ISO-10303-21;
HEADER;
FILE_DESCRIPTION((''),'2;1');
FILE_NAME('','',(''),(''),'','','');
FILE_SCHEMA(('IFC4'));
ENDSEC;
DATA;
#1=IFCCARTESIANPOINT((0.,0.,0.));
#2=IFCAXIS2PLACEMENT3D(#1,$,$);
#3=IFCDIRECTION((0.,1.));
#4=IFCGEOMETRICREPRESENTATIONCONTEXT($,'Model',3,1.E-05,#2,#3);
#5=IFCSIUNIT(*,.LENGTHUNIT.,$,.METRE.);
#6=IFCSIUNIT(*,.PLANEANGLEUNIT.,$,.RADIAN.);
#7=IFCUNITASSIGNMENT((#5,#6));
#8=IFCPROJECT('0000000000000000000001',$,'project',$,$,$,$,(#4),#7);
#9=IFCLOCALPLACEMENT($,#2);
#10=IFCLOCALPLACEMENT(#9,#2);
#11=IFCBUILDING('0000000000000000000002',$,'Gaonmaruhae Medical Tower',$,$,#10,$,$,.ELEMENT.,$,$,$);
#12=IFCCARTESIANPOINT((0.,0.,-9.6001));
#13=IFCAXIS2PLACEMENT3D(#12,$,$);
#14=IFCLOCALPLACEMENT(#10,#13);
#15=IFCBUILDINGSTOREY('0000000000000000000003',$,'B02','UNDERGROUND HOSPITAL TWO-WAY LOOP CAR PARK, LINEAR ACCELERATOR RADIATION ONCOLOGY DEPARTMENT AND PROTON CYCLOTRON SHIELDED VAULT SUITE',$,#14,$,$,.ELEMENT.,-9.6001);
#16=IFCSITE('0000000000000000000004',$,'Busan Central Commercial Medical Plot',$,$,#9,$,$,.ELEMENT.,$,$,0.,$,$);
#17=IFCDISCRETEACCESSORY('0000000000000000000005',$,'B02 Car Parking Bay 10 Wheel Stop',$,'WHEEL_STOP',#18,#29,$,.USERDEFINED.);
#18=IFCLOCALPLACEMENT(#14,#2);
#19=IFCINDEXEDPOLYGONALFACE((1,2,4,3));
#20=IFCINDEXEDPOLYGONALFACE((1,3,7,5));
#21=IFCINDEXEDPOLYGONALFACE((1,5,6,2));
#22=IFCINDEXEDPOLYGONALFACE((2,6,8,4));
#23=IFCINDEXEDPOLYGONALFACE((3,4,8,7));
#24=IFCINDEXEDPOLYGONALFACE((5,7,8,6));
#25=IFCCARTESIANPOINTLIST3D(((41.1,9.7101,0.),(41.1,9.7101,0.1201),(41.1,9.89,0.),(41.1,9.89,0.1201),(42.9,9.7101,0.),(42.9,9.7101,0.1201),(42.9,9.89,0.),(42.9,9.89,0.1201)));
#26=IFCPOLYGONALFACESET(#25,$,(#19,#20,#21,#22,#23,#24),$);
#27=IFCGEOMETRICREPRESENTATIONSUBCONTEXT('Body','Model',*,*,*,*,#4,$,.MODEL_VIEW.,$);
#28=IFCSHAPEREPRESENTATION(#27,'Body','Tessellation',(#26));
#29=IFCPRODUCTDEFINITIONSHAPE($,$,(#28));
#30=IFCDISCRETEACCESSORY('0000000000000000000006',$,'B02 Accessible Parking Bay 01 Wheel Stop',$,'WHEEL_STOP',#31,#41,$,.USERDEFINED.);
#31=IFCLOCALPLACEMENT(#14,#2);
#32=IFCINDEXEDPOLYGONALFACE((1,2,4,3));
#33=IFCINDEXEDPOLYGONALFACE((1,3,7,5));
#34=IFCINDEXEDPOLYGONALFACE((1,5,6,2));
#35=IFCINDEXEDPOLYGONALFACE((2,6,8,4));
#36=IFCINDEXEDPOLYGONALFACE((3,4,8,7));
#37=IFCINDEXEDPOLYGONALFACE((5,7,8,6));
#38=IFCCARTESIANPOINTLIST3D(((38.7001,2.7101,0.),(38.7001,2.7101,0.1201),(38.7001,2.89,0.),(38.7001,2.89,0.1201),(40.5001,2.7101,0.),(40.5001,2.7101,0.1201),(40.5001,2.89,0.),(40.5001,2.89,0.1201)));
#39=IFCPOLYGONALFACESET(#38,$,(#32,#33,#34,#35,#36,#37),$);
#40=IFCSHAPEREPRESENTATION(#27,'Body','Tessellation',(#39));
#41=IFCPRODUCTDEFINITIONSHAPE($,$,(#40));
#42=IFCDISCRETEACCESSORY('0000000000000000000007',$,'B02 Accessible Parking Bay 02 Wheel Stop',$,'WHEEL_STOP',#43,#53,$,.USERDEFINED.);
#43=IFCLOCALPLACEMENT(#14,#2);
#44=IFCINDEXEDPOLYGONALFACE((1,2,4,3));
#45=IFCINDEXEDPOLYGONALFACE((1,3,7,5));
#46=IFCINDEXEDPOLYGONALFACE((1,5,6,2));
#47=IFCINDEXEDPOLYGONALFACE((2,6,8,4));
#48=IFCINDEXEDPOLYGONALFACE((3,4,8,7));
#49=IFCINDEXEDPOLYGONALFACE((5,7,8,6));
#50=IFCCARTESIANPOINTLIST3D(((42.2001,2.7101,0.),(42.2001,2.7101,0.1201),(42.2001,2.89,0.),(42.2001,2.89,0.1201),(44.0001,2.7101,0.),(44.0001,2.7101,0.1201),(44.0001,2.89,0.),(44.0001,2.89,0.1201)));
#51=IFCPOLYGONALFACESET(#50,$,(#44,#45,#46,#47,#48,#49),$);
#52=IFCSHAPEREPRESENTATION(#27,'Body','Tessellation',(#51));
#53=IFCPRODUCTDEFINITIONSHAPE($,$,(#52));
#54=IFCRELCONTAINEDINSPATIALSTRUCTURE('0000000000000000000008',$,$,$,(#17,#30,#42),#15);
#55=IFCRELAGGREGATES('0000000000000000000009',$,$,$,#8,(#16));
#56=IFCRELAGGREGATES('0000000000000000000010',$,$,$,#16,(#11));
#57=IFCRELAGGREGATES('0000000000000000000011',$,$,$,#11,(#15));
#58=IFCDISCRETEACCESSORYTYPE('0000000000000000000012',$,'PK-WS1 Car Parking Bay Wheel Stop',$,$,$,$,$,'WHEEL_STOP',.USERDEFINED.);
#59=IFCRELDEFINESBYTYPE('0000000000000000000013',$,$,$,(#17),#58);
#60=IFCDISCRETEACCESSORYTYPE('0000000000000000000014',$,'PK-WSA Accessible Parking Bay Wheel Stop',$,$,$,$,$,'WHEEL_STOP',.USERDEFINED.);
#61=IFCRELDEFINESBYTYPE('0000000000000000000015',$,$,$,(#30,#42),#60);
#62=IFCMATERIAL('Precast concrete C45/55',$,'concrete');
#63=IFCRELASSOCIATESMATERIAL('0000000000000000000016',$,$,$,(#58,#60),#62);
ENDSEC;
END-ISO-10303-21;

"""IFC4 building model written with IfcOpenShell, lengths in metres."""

from ifc_helpers import new_model, si_unit, direction, frame, origin, origin_2d, place, context, subcontext, project, spatial, rectangle, extrude, material, type_object, element, save


model = new_model("IFC4")

# Units and contexts
model_context = context("Model", 3, precision=1e-05, world=origin(), true_north=direction((0.0, 1.0)))
body_context = subcontext(model_context, "Body", "Model", "MODEL_VIEW")
ifc_project = project(units=[si_unit("LENGTHUNIT", "METRE"), si_unit("PLANEANGLEUNIT", "RADIAN")], contexts=[model_context])

# Site, building, storey
site_placement = place(None, origin())
site = spatial("IfcSite", under=ifc_project, at=site_placement, Name="Busan Central Commercial Medical Plot", CompositionType="ELEMENT", RefElevation=0.0)
building_placement = place(site_placement, origin())
building = spatial("IfcBuilding", under=site, at=building_placement, Name="Gaonmaruhae Medical Tower", CompositionType="ELEMENT")
storey_placement = place(building_placement, frame((0.0, 0.0, -9.6001)))
storey = spatial("IfcBuildingStorey", under=building, at=storey_placement, Name="B02", Description="UNDERGROUND HOSPITAL TWO-WAY LOOP CAR PARK, LINEAR ACCELERATOR RADIATION ONCOLOGY DEPARTMENT AND PROTON CYCLOTRON SHIELDED VAULT SUITE", CompositionType="ELEMENT", Elevation=-9.6001)

# Discrete accessories
ifc_material_1 = material(Name="Precast concrete C45/55", Category="concrete")
discrete_accessory_type_1 = type_object("IfcDiscreteAccessoryType", Name="PK-WS1 Car Parking Bay Wheel Stop", ElementType="WHEEL_STOP", PredefinedType="USERDEFINED", material=ifc_material_1)
for number, where, z_axis, x_axis, name in (
    (1, (42.0, 9.8, 0.0), (0.0, 0.0, 1.0), (1.0, 0.0, 0.0), "B02 Car Parking Bay 10 Wheel Stop"),
):
    element("IfcDiscreteAccessory", number, at=place(storey_placement, frame(where, z_axis=z_axis, x_axis=x_axis)), inside=storey, type_object=discrete_accessory_type_1, Name=name, ObjectType="WHEEL_STOP", PredefinedType="USERDEFINED", context=body_context, shape_type="SweptSolid", body=[
        extrude(rectangle(XDim=1.8, YDim=0.1799, at=origin_2d()), origin(), (0.0, 0.0, 1.0), 0.1201),
    ])
discrete_accessory_type_2 = type_object("IfcDiscreteAccessoryType", Name="PK-WSA Accessible Parking Bay Wheel Stop", ElementType="WHEEL_STOP", PredefinedType="USERDEFINED", material=ifc_material_1)
for number, where, z_axis, x_axis, name in (
    (2, (39.6001, 2.8, 0.0), (0.0, 0.0, 1.0), (1.0, 0.0, 0.0), "B02 Accessible Parking Bay 01 Wheel Stop"),
    (3, (43.1001, 2.8, 0.0), (0.0, 0.0, 1.0), (1.0, 0.0, 0.0), "B02 Accessible Parking Bay 02 Wheel Stop"),
):
    element("IfcDiscreteAccessory", number, at=place(storey_placement, frame(where, z_axis=z_axis, x_axis=x_axis)), inside=storey, type_object=discrete_accessory_type_2, Name=name, ObjectType="WHEEL_STOP", PredefinedType="USERDEFINED", context=body_context, shape_type="SweptSolid", body=[
        extrude(rectangle(XDim=1.8, YDim=0.1799, at=origin_2d()), origin(), (0.0, 0.0, 1.0), 0.1201),
    ])

save(model, "model.ifc")
